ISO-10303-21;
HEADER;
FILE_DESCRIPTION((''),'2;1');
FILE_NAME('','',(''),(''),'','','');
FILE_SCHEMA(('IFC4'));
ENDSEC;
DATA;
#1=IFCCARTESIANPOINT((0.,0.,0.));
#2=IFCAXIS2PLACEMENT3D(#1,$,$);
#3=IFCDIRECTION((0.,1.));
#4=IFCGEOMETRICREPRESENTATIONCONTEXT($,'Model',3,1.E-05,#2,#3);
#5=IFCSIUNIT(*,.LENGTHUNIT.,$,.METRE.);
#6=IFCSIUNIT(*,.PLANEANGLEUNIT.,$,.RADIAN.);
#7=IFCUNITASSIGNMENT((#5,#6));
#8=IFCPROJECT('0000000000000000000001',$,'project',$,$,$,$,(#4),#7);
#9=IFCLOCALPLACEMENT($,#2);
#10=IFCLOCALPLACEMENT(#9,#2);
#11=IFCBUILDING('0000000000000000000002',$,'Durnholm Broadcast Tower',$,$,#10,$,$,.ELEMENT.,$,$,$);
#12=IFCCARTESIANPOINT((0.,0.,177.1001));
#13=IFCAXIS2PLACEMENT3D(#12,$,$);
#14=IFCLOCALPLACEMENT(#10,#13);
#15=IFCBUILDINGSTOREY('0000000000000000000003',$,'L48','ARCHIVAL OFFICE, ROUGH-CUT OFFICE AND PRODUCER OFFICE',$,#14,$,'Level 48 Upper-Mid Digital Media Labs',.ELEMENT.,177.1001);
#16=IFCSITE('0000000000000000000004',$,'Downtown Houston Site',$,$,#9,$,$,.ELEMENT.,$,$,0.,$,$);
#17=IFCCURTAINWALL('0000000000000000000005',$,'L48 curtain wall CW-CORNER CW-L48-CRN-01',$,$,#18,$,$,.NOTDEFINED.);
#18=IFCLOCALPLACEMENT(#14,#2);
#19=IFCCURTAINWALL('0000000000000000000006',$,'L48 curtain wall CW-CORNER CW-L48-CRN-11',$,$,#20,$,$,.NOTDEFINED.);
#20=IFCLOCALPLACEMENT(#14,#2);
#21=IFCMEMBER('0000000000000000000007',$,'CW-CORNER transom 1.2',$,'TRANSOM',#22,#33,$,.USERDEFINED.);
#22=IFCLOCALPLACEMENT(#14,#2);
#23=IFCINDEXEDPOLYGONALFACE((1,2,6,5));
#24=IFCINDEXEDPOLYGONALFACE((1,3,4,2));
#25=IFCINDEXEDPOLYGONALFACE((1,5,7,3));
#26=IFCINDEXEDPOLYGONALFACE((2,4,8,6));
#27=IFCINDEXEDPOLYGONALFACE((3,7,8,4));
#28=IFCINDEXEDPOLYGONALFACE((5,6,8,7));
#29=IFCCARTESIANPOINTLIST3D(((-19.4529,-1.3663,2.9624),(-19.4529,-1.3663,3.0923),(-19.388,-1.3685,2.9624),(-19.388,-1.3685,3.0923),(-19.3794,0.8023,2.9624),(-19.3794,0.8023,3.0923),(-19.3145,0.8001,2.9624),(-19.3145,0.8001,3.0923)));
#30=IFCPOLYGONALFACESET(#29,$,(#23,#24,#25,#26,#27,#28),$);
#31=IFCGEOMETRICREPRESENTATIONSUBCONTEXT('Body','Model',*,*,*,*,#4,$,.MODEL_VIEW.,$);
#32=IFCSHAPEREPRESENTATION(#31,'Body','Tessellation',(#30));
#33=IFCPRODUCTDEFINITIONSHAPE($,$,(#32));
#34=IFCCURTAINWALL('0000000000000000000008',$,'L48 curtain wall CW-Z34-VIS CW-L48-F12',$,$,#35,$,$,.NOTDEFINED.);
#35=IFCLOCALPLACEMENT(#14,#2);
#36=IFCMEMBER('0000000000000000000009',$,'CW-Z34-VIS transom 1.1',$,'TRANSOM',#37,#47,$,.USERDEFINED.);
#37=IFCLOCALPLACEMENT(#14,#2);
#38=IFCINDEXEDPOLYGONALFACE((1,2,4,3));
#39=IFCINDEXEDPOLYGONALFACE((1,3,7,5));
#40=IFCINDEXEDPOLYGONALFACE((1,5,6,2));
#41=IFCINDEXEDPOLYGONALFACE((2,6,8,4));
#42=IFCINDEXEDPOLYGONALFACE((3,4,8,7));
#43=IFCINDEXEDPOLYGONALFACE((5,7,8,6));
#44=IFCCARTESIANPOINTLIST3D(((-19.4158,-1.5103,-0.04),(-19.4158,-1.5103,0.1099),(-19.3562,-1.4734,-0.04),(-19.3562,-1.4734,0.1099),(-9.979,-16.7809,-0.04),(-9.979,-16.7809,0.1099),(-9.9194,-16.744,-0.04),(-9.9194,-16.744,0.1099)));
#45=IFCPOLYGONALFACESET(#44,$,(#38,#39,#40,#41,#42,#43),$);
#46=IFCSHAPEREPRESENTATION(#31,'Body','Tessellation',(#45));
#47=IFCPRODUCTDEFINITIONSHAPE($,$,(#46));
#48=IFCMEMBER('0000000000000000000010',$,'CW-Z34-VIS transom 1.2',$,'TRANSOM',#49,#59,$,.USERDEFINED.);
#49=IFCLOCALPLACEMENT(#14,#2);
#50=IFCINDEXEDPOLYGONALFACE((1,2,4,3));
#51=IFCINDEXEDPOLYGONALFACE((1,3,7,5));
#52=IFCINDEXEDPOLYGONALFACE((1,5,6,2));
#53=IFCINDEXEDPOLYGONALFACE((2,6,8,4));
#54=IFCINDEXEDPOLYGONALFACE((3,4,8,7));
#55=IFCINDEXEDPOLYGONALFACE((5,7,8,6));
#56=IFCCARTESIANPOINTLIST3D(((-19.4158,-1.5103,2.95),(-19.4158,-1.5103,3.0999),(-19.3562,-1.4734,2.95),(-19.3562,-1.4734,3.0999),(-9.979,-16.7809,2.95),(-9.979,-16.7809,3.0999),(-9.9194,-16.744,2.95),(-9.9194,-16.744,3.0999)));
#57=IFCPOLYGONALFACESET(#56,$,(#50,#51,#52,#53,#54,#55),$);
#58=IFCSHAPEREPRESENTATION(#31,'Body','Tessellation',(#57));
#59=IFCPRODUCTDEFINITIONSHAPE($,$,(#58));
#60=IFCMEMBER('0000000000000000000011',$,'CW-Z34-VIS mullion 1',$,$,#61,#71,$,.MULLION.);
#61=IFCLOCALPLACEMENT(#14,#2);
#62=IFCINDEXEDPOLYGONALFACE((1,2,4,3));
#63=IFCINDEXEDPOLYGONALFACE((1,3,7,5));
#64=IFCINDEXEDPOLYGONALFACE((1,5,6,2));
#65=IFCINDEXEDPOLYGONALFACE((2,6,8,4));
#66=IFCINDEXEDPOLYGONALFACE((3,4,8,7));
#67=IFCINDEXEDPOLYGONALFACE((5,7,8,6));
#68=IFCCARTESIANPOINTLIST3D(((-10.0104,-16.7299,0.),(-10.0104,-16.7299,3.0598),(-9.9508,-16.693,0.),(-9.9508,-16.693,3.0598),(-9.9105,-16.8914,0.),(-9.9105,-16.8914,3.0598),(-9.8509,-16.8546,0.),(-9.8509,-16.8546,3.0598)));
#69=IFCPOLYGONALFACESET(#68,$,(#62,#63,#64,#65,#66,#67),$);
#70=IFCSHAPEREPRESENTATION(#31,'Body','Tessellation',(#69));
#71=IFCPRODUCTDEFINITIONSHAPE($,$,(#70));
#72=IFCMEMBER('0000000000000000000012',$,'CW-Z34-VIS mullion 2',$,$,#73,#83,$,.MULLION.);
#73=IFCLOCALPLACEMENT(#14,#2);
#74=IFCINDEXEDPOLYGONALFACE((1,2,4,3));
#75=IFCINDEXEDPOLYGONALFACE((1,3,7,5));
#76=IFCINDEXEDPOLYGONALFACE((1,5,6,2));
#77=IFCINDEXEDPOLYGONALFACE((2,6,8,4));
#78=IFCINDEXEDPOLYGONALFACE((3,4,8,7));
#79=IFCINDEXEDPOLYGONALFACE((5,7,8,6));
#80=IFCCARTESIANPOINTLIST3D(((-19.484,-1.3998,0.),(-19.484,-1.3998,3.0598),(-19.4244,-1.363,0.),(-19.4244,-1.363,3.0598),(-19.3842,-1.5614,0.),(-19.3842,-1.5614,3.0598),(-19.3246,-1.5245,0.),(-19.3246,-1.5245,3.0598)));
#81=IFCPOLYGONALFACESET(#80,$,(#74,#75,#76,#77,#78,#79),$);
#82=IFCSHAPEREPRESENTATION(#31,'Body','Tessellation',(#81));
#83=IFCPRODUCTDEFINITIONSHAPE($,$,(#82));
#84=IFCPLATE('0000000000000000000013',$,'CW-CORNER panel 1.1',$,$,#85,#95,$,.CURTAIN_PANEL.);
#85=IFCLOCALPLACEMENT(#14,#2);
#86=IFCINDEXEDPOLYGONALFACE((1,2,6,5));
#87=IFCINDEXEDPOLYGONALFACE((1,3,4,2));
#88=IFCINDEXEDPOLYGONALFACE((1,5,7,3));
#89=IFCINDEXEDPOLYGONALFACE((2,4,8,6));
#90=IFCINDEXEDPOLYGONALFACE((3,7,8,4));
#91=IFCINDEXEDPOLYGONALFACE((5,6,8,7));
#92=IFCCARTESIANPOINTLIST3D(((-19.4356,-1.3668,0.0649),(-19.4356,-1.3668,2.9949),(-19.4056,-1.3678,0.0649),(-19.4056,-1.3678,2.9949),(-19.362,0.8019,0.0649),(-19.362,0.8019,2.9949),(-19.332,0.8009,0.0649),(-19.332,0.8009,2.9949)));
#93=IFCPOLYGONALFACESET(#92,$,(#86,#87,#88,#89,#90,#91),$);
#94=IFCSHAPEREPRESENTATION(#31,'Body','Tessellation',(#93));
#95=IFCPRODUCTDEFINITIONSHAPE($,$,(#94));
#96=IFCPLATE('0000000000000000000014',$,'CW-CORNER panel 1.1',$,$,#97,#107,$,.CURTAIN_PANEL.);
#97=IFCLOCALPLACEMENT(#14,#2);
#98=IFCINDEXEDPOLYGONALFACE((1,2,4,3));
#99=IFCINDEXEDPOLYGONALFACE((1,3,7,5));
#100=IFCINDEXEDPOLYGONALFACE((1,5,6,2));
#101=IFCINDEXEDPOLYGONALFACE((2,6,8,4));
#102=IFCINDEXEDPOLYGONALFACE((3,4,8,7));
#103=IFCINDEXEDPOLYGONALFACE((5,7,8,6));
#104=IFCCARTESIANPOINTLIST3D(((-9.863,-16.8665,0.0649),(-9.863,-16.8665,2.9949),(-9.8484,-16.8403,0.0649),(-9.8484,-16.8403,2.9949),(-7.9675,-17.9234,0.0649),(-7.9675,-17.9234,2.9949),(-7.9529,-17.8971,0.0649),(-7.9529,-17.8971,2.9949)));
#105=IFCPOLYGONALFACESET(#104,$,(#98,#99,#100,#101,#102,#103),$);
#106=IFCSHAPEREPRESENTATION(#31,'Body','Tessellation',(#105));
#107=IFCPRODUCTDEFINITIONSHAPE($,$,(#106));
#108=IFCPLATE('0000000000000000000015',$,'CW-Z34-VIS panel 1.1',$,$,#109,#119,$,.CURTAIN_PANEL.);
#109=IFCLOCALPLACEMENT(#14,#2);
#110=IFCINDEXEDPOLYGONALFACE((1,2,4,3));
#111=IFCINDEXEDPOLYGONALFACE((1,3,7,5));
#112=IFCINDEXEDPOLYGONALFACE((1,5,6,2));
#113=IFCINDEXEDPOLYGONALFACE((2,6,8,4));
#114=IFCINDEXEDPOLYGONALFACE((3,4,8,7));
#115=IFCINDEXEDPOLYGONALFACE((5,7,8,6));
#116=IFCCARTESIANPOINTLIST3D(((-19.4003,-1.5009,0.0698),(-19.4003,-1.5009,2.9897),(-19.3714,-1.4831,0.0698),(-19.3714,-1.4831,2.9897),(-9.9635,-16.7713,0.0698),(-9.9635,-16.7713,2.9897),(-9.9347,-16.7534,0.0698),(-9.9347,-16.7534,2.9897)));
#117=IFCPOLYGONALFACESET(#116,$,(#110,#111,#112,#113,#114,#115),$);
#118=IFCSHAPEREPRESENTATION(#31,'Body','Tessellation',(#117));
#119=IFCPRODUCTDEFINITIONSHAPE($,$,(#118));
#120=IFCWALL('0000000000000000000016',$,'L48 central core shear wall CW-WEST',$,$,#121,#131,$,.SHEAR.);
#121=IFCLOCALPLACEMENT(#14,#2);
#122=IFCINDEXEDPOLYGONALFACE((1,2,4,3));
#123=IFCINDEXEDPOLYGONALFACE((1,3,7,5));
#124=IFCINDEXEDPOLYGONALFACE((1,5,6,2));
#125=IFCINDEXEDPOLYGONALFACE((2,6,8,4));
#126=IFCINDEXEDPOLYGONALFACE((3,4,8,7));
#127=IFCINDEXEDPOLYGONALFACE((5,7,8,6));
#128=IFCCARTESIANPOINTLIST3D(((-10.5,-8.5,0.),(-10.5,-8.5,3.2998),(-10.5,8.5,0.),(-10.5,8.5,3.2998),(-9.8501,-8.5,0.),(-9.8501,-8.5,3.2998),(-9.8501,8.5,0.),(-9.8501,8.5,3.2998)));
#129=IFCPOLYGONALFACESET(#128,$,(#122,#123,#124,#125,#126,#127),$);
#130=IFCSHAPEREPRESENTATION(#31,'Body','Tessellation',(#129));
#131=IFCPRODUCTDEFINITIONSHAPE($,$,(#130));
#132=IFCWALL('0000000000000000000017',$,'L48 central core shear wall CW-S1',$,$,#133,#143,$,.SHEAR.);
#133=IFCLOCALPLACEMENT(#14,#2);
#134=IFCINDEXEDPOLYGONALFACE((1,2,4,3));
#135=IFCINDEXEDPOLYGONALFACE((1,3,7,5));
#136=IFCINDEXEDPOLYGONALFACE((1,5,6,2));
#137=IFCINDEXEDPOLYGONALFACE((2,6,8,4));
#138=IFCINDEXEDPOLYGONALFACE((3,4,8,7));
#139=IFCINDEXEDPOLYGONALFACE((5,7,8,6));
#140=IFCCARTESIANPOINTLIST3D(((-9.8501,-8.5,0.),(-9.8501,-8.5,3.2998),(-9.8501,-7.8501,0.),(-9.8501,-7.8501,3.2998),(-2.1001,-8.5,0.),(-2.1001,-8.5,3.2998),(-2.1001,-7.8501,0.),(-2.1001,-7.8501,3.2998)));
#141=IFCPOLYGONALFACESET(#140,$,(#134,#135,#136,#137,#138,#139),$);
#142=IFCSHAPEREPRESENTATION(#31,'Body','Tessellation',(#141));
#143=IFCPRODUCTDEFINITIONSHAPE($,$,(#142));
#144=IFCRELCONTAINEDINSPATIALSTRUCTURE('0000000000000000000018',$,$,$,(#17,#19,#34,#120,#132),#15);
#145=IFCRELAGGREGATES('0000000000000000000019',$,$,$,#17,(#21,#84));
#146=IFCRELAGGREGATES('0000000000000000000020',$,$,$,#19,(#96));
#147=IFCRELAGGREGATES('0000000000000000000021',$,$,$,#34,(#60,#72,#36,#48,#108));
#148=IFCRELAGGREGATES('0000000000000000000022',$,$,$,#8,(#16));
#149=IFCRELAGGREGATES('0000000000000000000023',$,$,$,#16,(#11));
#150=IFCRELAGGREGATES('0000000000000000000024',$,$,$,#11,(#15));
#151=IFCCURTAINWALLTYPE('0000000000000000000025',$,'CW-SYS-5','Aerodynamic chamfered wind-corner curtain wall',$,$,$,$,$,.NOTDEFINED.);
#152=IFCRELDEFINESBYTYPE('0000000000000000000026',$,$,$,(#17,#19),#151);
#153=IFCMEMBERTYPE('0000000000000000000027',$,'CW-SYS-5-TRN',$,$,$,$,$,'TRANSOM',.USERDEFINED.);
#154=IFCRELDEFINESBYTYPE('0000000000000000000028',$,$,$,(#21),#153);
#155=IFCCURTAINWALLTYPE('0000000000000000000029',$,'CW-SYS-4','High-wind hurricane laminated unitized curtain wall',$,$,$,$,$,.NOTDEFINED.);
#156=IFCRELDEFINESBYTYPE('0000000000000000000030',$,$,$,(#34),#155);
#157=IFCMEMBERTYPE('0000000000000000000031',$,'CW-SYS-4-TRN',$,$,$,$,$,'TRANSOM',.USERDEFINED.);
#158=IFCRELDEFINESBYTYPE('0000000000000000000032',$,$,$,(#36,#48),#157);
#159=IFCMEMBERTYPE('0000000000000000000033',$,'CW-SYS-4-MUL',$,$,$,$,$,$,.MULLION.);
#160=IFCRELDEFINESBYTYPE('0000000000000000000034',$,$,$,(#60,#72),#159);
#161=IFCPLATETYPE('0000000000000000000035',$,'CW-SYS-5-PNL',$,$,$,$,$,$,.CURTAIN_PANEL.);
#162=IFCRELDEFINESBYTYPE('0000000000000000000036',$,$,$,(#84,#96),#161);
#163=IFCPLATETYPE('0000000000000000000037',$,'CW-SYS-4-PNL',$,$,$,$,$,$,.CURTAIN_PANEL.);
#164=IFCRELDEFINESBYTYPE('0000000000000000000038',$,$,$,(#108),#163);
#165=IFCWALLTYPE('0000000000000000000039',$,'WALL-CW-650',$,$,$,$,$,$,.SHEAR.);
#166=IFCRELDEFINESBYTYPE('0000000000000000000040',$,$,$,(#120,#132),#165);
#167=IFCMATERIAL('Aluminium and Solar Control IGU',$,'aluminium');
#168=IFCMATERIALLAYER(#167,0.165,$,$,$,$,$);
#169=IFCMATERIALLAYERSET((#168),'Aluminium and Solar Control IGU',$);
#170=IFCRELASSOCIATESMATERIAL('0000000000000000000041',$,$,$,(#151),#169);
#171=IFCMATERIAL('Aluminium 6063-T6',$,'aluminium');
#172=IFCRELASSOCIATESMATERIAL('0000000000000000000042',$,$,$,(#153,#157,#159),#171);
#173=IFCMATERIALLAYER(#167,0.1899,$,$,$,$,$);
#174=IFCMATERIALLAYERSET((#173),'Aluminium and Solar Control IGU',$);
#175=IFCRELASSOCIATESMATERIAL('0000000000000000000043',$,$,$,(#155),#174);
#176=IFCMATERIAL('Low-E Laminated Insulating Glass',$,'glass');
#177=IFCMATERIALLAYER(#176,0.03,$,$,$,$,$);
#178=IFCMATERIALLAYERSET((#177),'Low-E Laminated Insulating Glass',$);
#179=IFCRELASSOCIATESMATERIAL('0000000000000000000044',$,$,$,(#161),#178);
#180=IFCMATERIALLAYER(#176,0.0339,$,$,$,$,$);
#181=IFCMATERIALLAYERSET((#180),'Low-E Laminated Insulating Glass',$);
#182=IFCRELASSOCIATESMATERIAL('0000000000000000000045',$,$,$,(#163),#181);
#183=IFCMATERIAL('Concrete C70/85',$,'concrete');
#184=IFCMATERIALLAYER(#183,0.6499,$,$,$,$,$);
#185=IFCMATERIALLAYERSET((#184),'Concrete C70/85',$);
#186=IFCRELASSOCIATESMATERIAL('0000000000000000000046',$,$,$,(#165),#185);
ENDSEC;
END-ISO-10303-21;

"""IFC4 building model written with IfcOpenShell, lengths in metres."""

from ifc_helpers import new_model, si_unit, direction, frame, frame_2d, origin, origin_2d, place, context, subcontext, project, spatial, rectangle, extrude, source, transform, mapped, material, layer, layer_set, material_profile, profile_set, type_object, type_shapes, element, aggregate, save


model = new_model("IFC4")

# Units and contexts
model_context = context("Model", 3, precision=1e-05, world=origin(), true_north=direction((0.0, 1.0)))
body_context = subcontext(model_context, "Body", "Model", "MODEL_VIEW")
ifc_project = project(units=[si_unit("LENGTHUNIT", "METRE"), si_unit("PLANEANGLEUNIT", "RADIAN")], contexts=[model_context])

# Site, building, storey
site_placement = place(None, origin())
site = spatial("IfcSite", under=ifc_project, at=site_placement, Name="Downtown Houston Site", CompositionType="ELEMENT", RefElevation=0.0)
building_placement = place(site_placement, origin())
building = spatial("IfcBuilding", under=site, at=building_placement, Name="Durnholm Broadcast Tower", CompositionType="ELEMENT")
storey_placement = place(building_placement, frame((0.0, 0.0, 177.1001)))
storey = spatial("IfcBuildingStorey", under=building, at=storey_placement, Name="L48", Description="ARCHIVAL OFFICE, ROUGH-CUT OFFICE AND PRODUCER OFFICE", LongName="Level 48 Upper-Mid Digital Media Labs", CompositionType="ELEMENT", Elevation=177.1001)

# Shared definitions
ifc_material_1 = material(Name="Concrete C70/85", Category="concrete")

# Curtain walls
ifc_material_2 = material(Name="Aluminium and Solar Control IGU", Category="aluminium")
ifc_layer_1 = layer(ifc_material_2, 0.165)
ifc_layer_set_1 = layer_set([ifc_layer_1], Name="Aluminium and Solar Control IGU")
curtain_wall_type_1 = type_object("IfcCurtainWallType", Name="CW-SYS-5", Description="Aerodynamic chamfered wind-corner curtain wall", PredefinedType="NOTDEFINED", material=ifc_layer_set_1)
curtain_wall_1_placement = place(storey_placement, origin())
curtain_wall_1 = element("IfcCurtainWall", 1, at=curtain_wall_1_placement, inside=storey, type_object=curtain_wall_type_1, Name="L48 curtain wall CW-CORNER CW-L48-CRN-01", PredefinedType="NOTDEFINED")
ifc_material_3 = material(Name="Aluminium 6063-T6", Category="aluminium")
curtain_wall_2_placement = place(storey_placement, origin())
curtain_wall_2 = element("IfcCurtainWall", 2, at=curtain_wall_2_placement, inside=storey, type_object=curtain_wall_type_1, Name="L48 curtain wall CW-CORNER CW-L48-CRN-11", PredefinedType="NOTDEFINED")

# Member
ifc_material_profile_1 = material_profile(ifc_material_3, rectangle(XDim=0.0649, YDim=0.1299, at=origin_2d()), Name="CWT65X130")
ifc_profile_set_1 = profile_set([ifc_material_profile_1], Name="Aluminium 6063-T6")
member_type_1 = type_object("IfcMemberType", Name="CW-SYS-5-TRN", ElementType="TRANSOM", PredefinedType="USERDEFINED", material=ifc_profile_set_1)
shared_shape_1 = source(origin(), body_context, "Body", "SweptSolid", [
    extrude(rectangle(XDim=0.0649, YDim=0.1299, at=origin_2d()), origin(), (0.0, 0.0, 1.0), 2.1699),
])
type_shapes(member_type_1, [shared_shape_1])
member_1_placement = place(storey_placement, frame((-19.4204, -1.3674, 3.0273), z_axis=(0.033866, 0.999426, 0.0), x_axis=(-0.999426, 0.033866, 0.0)))
member_1 = element("IfcMember", 3, at=member_1_placement, type_object=member_type_1, Name="CW-CORNER transom 1.2", ObjectType="TRANSOM", PredefinedType="USERDEFINED", context=body_context, shape_type="MappedRepresentation", body=[
    mapped(shared_shape_1, transform((0.0, 0.0, 0.0), x_axis=(1.0, 0.0, 0.0), y_axis=(0.0, 1.0, 0.0), z_axis=(0.0, 0.0, 1.0), scale=1.0)),
])

# Curtain wall, members
ifc_layer_2 = layer(ifc_material_2, 0.1899)
ifc_layer_set_2 = layer_set([ifc_layer_2], Name="Aluminium and Solar Control IGU")
curtain_wall_type_2 = type_object("IfcCurtainWallType", Name="CW-SYS-4", Description="High-wind hurricane laminated unitized curtain wall", PredefinedType="NOTDEFINED", material=ifc_layer_set_2)
curtain_wall_3_placement = place(storey_placement, origin())
curtain_wall_3 = element("IfcCurtainWall", 4, at=curtain_wall_3_placement, inside=storey, type_object=curtain_wall_type_2, Name="L48 curtain wall CW-Z34-VIS CW-L48-F12", PredefinedType="NOTDEFINED")
ifc_material_profile_2 = material_profile(ifc_material_3, rectangle(XDim=0.0701, YDim=0.1499, at=origin_2d()), Name="CWT70X150")
ifc_profile_set_2 = profile_set([ifc_material_profile_2], Name="Aluminium 6063-T6")
member_type_2 = type_object("IfcMemberType", Name="CW-SYS-4-TRN", ElementType="TRANSOM", PredefinedType="USERDEFINED", material=ifc_profile_set_2)
shared_shape_2 = source(origin(), body_context, "Body", "SweptSolid", [
    extrude(rectangle(XDim=0.0701, YDim=0.1499, at=origin_2d()), origin(), (0.0, 0.0, 1.0), 17.9512),
])
type_shapes(member_type_2, [shared_shape_2])
member_2_placement = place(storey_placement, frame((-9.9492, -16.7625, 0.0349), z_axis=(-0.525694, 0.850674, 0.0), x_axis=(-0.850674, -0.525694, 0.0)))
member_2 = element("IfcMember", 5, at=member_2_placement, type_object=member_type_2, Name="CW-Z34-VIS transom 1.1", ObjectType="TRANSOM", PredefinedType="USERDEFINED", context=body_context, shape_type="MappedRepresentation", body=[
    mapped(shared_shape_2, transform((0.0, 0.0, 0.0), x_axis=(1.0, 0.0, 0.0), y_axis=(0.0, 1.0, 0.0), z_axis=(0.0, 0.0, 1.0), scale=1.0)),
])
member_3_placement = place(storey_placement, frame((-9.9492, -16.7625, 3.0249), z_axis=(-0.525694, 0.850674, 0.0), x_axis=(-0.850674, -0.525694, 0.0)))
member_3 = element("IfcMember", 6, at=member_3_placement, type_object=member_type_2, Name="CW-Z34-VIS transom 1.2", ObjectType="TRANSOM", PredefinedType="USERDEFINED", context=body_context, shape_type="MappedRepresentation", body=[
    mapped(shared_shape_2, transform((0.0, 0.0, 0.0), x_axis=(1.0, 0.0, 0.0), y_axis=(0.0, 1.0, 0.0), z_axis=(0.0, 0.0, 1.0), scale=1.0)),
])
ifc_material_profile_3 = material_profile(ifc_material_3, rectangle(XDim=0.0701, YDim=0.1899, at=origin_2d()), Name="CWM70X190")
ifc_profile_set_3 = profile_set([ifc_material_profile_3], Name="Aluminium 6063-T6")
member_type_3 = type_object("IfcMemberType", Name="CW-SYS-4-MUL", PredefinedType="MULLION", material=ifc_profile_set_3)
shared_shape_3 = source(origin(), body_context, "Body", "SweptSolid", [
    extrude(rectangle(XDim=0.0701, YDim=0.1899, at=origin_2d()), origin(), (0.0, 0.0, 1.0), 3.0598),
])
type_shapes(member_type_3, [shared_shape_3])
member_4_placement = place(storey_placement, frame((-9.9307, -16.7922, 0.0), z_axis=(0.0, 0.0, 1.0), x_axis=(-0.850671, -0.525698, 0.0)))
member_4 = element("IfcMember", 7, at=member_4_placement, type_object=member_type_3, Name="CW-Z34-VIS mullion 1", PredefinedType="MULLION", context=body_context, shape_type="MappedRepresentation", body=[
    mapped(shared_shape_3, transform((0.0, 0.0, 0.0), x_axis=(1.0, 0.0, 0.0), y_axis=(0.0, 1.0, 0.0), z_axis=(0.0, 0.0, 1.0), scale=1.0)),
])
member_5_placement = place(storey_placement, frame((-19.4043, -1.4622, 0.0), z_axis=(0.0, 0.0, 1.0), x_axis=(-0.850671, -0.525698, 0.0)))
member_5 = element("IfcMember", 8, at=member_5_placement, type_object=member_type_3, Name="CW-Z34-VIS mullion 2", PredefinedType="MULLION", context=body_context, shape_type="MappedRepresentation", body=[
    mapped(shared_shape_3, transform((0.0, 0.0, 0.0), x_axis=(1.0, 0.0, 0.0), y_axis=(0.0, 1.0, 0.0), z_axis=(0.0, 0.0, 1.0), scale=1.0)),
])

# Plates
ifc_material_4 = material(Name="Low-E Laminated Insulating Glass", Category="glass")
ifc_layer_3 = layer(ifc_material_4, 0.03)
ifc_layer_set_3 = layer_set([ifc_layer_3], Name="Low-E Laminated Insulating Glass")
plate_type_1 = type_object("IfcPlateType", Name="CW-SYS-5-PNL", PredefinedType="CURTAIN_PANEL", material=ifc_layer_set_3)
shared_shape_4 = source(origin(), body_context, "Body", "SweptSolid", [
    extrude(rectangle(XDim=2.1699, YDim=0.03, at=origin_2d()), origin(), (0.0, 0.0, 1.0), 2.9299),
])
plate_1_placement = place(storey_placement, frame((-19.3838, -0.283, 0.0649), z_axis=(0.0, 0.0, 1.0), x_axis=(0.033913, 0.999425, 0.0)))
plate_1 = element("IfcPlate", 9, at=plate_1_placement, type_object=plate_type_1, Name="CW-CORNER panel 1.1", PredefinedType="CURTAIN_PANEL", context=body_context, shape_type="MappedRepresentation", body=[
    mapped(shared_shape_4, transform((0.0, 0.0, 0.0), x_axis=(1.0, 0.0, 0.0), y_axis=(0.0, 1.0, 0.0), z_axis=(0.0, 0.0, 1.0), scale=1.0)),
])
aggregate(curtain_wall_1, [member_1, plate_1])
shared_shape_5 = source(origin(), body_context, "Body", "SweptSolid", [
    extrude(rectangle(XDim=2.1702, YDim=0.03, at=origin_2d()), origin(), (0.0, 0.0, 1.0), 2.9299),
])
type_shapes(plate_type_1, [shared_shape_4, shared_shape_5])
plate_2_placement = place(storey_placement, frame((-8.908, -17.3818, 0.0649), z_axis=(0.0, 0.0, 1.0), x_axis=(-0.87341, 0.486986, 0.0)))
plate_2 = element("IfcPlate", 10, at=plate_2_placement, type_object=plate_type_1, Name="CW-CORNER panel 1.1", PredefinedType="CURTAIN_PANEL", context=body_context, shape_type="MappedRepresentation", body=[
    mapped(shared_shape_5, transform((0.0, 0.0, 0.0), x_axis=(1.0, 0.0, 0.0), y_axis=(0.0, 1.0, 0.0), z_axis=(0.0, 0.0, 1.0), scale=1.0)),
])
aggregate(curtain_wall_2, [plate_2])
ifc_layer_4 = layer(ifc_material_4, 0.0339)
ifc_layer_set_4 = layer_set([ifc_layer_4], Name="Low-E Laminated Insulating Glass")
plate_type_2 = type_object("IfcPlateType", Name="CW-SYS-4-PNL", PredefinedType="CURTAIN_PANEL", material=ifc_layer_set_4)
shared_shape_6 = source(origin(), body_context, "Body", "SweptSolid", [
    extrude(rectangle(XDim=17.9509, YDim=0.0339, at=origin_2d()), origin(), (0.0, 0.0, 1.0), 2.9199),
])
type_shapes(plate_type_2, [shared_shape_6])
plate_3_placement = place(storey_placement, frame((-14.6675, -9.1272, 0.0698), z_axis=(0.0, 0.0, 1.0), x_axis=(-0.525698, 0.850671, 0.0)))
plate_3 = element("IfcPlate", 11, at=plate_3_placement, type_object=plate_type_2, Name="CW-Z34-VIS panel 1.1", PredefinedType="CURTAIN_PANEL", context=body_context, shape_type="MappedRepresentation", body=[
    mapped(shared_shape_6, transform((0.0, 0.0, 0.0), x_axis=(1.0, 0.0, 0.0), y_axis=(0.0, 1.0, 0.0), z_axis=(0.0, 0.0, 1.0), scale=1.0)),
])
aggregate(curtain_wall_3, [member_4, member_5, member_2, member_3, plate_3])

# Walls
ifc_layer_5 = layer(ifc_material_1, 0.6499)
ifc_layer_set_5 = layer_set([ifc_layer_5], Name="Concrete C70/85")
wall_type_1 = type_object("IfcWallType", Name="WALL-CW-650", PredefinedType="SHEAR", material=ifc_layer_set_5)
wall_1_placement = place(storey_placement, frame((-10.175, -8.5, 0.0), z_axis=(0.0, 0.0, 1.0), x_axis=(0.0, 1.0, 0.0)))
element("IfcWall", 12, at=wall_1_placement, inside=storey, type_object=wall_type_1, Name="L48 central core shear wall CW-WEST", PredefinedType="SHEAR", context=body_context, shape_type="SweptSolid", body=[
    extrude(rectangle(XDim=17.0, YDim=0.6499, at=frame_2d((8.5, 0.0))), origin(), (0.0, 0.0, 1.0), 3.2998),
])
wall_2_placement = place(storey_placement, frame((-9.8501, -8.175, 0.0), z_axis=(0.0, 0.0, 1.0), x_axis=(1.0, 0.0, 0.0)))
element("IfcWall", 13, at=wall_2_placement, inside=storey, type_object=wall_type_1, Name="L48 central core shear wall CW-S1", PredefinedType="SHEAR", context=body_context, shape_type="SweptSolid", body=[
    extrude(rectangle(XDim=7.75, YDim=0.6499, at=frame_2d((3.875, 0.0))), origin(), (0.0, 0.0, 1.0), 3.2998),
])

save(model, "model.ifc")
